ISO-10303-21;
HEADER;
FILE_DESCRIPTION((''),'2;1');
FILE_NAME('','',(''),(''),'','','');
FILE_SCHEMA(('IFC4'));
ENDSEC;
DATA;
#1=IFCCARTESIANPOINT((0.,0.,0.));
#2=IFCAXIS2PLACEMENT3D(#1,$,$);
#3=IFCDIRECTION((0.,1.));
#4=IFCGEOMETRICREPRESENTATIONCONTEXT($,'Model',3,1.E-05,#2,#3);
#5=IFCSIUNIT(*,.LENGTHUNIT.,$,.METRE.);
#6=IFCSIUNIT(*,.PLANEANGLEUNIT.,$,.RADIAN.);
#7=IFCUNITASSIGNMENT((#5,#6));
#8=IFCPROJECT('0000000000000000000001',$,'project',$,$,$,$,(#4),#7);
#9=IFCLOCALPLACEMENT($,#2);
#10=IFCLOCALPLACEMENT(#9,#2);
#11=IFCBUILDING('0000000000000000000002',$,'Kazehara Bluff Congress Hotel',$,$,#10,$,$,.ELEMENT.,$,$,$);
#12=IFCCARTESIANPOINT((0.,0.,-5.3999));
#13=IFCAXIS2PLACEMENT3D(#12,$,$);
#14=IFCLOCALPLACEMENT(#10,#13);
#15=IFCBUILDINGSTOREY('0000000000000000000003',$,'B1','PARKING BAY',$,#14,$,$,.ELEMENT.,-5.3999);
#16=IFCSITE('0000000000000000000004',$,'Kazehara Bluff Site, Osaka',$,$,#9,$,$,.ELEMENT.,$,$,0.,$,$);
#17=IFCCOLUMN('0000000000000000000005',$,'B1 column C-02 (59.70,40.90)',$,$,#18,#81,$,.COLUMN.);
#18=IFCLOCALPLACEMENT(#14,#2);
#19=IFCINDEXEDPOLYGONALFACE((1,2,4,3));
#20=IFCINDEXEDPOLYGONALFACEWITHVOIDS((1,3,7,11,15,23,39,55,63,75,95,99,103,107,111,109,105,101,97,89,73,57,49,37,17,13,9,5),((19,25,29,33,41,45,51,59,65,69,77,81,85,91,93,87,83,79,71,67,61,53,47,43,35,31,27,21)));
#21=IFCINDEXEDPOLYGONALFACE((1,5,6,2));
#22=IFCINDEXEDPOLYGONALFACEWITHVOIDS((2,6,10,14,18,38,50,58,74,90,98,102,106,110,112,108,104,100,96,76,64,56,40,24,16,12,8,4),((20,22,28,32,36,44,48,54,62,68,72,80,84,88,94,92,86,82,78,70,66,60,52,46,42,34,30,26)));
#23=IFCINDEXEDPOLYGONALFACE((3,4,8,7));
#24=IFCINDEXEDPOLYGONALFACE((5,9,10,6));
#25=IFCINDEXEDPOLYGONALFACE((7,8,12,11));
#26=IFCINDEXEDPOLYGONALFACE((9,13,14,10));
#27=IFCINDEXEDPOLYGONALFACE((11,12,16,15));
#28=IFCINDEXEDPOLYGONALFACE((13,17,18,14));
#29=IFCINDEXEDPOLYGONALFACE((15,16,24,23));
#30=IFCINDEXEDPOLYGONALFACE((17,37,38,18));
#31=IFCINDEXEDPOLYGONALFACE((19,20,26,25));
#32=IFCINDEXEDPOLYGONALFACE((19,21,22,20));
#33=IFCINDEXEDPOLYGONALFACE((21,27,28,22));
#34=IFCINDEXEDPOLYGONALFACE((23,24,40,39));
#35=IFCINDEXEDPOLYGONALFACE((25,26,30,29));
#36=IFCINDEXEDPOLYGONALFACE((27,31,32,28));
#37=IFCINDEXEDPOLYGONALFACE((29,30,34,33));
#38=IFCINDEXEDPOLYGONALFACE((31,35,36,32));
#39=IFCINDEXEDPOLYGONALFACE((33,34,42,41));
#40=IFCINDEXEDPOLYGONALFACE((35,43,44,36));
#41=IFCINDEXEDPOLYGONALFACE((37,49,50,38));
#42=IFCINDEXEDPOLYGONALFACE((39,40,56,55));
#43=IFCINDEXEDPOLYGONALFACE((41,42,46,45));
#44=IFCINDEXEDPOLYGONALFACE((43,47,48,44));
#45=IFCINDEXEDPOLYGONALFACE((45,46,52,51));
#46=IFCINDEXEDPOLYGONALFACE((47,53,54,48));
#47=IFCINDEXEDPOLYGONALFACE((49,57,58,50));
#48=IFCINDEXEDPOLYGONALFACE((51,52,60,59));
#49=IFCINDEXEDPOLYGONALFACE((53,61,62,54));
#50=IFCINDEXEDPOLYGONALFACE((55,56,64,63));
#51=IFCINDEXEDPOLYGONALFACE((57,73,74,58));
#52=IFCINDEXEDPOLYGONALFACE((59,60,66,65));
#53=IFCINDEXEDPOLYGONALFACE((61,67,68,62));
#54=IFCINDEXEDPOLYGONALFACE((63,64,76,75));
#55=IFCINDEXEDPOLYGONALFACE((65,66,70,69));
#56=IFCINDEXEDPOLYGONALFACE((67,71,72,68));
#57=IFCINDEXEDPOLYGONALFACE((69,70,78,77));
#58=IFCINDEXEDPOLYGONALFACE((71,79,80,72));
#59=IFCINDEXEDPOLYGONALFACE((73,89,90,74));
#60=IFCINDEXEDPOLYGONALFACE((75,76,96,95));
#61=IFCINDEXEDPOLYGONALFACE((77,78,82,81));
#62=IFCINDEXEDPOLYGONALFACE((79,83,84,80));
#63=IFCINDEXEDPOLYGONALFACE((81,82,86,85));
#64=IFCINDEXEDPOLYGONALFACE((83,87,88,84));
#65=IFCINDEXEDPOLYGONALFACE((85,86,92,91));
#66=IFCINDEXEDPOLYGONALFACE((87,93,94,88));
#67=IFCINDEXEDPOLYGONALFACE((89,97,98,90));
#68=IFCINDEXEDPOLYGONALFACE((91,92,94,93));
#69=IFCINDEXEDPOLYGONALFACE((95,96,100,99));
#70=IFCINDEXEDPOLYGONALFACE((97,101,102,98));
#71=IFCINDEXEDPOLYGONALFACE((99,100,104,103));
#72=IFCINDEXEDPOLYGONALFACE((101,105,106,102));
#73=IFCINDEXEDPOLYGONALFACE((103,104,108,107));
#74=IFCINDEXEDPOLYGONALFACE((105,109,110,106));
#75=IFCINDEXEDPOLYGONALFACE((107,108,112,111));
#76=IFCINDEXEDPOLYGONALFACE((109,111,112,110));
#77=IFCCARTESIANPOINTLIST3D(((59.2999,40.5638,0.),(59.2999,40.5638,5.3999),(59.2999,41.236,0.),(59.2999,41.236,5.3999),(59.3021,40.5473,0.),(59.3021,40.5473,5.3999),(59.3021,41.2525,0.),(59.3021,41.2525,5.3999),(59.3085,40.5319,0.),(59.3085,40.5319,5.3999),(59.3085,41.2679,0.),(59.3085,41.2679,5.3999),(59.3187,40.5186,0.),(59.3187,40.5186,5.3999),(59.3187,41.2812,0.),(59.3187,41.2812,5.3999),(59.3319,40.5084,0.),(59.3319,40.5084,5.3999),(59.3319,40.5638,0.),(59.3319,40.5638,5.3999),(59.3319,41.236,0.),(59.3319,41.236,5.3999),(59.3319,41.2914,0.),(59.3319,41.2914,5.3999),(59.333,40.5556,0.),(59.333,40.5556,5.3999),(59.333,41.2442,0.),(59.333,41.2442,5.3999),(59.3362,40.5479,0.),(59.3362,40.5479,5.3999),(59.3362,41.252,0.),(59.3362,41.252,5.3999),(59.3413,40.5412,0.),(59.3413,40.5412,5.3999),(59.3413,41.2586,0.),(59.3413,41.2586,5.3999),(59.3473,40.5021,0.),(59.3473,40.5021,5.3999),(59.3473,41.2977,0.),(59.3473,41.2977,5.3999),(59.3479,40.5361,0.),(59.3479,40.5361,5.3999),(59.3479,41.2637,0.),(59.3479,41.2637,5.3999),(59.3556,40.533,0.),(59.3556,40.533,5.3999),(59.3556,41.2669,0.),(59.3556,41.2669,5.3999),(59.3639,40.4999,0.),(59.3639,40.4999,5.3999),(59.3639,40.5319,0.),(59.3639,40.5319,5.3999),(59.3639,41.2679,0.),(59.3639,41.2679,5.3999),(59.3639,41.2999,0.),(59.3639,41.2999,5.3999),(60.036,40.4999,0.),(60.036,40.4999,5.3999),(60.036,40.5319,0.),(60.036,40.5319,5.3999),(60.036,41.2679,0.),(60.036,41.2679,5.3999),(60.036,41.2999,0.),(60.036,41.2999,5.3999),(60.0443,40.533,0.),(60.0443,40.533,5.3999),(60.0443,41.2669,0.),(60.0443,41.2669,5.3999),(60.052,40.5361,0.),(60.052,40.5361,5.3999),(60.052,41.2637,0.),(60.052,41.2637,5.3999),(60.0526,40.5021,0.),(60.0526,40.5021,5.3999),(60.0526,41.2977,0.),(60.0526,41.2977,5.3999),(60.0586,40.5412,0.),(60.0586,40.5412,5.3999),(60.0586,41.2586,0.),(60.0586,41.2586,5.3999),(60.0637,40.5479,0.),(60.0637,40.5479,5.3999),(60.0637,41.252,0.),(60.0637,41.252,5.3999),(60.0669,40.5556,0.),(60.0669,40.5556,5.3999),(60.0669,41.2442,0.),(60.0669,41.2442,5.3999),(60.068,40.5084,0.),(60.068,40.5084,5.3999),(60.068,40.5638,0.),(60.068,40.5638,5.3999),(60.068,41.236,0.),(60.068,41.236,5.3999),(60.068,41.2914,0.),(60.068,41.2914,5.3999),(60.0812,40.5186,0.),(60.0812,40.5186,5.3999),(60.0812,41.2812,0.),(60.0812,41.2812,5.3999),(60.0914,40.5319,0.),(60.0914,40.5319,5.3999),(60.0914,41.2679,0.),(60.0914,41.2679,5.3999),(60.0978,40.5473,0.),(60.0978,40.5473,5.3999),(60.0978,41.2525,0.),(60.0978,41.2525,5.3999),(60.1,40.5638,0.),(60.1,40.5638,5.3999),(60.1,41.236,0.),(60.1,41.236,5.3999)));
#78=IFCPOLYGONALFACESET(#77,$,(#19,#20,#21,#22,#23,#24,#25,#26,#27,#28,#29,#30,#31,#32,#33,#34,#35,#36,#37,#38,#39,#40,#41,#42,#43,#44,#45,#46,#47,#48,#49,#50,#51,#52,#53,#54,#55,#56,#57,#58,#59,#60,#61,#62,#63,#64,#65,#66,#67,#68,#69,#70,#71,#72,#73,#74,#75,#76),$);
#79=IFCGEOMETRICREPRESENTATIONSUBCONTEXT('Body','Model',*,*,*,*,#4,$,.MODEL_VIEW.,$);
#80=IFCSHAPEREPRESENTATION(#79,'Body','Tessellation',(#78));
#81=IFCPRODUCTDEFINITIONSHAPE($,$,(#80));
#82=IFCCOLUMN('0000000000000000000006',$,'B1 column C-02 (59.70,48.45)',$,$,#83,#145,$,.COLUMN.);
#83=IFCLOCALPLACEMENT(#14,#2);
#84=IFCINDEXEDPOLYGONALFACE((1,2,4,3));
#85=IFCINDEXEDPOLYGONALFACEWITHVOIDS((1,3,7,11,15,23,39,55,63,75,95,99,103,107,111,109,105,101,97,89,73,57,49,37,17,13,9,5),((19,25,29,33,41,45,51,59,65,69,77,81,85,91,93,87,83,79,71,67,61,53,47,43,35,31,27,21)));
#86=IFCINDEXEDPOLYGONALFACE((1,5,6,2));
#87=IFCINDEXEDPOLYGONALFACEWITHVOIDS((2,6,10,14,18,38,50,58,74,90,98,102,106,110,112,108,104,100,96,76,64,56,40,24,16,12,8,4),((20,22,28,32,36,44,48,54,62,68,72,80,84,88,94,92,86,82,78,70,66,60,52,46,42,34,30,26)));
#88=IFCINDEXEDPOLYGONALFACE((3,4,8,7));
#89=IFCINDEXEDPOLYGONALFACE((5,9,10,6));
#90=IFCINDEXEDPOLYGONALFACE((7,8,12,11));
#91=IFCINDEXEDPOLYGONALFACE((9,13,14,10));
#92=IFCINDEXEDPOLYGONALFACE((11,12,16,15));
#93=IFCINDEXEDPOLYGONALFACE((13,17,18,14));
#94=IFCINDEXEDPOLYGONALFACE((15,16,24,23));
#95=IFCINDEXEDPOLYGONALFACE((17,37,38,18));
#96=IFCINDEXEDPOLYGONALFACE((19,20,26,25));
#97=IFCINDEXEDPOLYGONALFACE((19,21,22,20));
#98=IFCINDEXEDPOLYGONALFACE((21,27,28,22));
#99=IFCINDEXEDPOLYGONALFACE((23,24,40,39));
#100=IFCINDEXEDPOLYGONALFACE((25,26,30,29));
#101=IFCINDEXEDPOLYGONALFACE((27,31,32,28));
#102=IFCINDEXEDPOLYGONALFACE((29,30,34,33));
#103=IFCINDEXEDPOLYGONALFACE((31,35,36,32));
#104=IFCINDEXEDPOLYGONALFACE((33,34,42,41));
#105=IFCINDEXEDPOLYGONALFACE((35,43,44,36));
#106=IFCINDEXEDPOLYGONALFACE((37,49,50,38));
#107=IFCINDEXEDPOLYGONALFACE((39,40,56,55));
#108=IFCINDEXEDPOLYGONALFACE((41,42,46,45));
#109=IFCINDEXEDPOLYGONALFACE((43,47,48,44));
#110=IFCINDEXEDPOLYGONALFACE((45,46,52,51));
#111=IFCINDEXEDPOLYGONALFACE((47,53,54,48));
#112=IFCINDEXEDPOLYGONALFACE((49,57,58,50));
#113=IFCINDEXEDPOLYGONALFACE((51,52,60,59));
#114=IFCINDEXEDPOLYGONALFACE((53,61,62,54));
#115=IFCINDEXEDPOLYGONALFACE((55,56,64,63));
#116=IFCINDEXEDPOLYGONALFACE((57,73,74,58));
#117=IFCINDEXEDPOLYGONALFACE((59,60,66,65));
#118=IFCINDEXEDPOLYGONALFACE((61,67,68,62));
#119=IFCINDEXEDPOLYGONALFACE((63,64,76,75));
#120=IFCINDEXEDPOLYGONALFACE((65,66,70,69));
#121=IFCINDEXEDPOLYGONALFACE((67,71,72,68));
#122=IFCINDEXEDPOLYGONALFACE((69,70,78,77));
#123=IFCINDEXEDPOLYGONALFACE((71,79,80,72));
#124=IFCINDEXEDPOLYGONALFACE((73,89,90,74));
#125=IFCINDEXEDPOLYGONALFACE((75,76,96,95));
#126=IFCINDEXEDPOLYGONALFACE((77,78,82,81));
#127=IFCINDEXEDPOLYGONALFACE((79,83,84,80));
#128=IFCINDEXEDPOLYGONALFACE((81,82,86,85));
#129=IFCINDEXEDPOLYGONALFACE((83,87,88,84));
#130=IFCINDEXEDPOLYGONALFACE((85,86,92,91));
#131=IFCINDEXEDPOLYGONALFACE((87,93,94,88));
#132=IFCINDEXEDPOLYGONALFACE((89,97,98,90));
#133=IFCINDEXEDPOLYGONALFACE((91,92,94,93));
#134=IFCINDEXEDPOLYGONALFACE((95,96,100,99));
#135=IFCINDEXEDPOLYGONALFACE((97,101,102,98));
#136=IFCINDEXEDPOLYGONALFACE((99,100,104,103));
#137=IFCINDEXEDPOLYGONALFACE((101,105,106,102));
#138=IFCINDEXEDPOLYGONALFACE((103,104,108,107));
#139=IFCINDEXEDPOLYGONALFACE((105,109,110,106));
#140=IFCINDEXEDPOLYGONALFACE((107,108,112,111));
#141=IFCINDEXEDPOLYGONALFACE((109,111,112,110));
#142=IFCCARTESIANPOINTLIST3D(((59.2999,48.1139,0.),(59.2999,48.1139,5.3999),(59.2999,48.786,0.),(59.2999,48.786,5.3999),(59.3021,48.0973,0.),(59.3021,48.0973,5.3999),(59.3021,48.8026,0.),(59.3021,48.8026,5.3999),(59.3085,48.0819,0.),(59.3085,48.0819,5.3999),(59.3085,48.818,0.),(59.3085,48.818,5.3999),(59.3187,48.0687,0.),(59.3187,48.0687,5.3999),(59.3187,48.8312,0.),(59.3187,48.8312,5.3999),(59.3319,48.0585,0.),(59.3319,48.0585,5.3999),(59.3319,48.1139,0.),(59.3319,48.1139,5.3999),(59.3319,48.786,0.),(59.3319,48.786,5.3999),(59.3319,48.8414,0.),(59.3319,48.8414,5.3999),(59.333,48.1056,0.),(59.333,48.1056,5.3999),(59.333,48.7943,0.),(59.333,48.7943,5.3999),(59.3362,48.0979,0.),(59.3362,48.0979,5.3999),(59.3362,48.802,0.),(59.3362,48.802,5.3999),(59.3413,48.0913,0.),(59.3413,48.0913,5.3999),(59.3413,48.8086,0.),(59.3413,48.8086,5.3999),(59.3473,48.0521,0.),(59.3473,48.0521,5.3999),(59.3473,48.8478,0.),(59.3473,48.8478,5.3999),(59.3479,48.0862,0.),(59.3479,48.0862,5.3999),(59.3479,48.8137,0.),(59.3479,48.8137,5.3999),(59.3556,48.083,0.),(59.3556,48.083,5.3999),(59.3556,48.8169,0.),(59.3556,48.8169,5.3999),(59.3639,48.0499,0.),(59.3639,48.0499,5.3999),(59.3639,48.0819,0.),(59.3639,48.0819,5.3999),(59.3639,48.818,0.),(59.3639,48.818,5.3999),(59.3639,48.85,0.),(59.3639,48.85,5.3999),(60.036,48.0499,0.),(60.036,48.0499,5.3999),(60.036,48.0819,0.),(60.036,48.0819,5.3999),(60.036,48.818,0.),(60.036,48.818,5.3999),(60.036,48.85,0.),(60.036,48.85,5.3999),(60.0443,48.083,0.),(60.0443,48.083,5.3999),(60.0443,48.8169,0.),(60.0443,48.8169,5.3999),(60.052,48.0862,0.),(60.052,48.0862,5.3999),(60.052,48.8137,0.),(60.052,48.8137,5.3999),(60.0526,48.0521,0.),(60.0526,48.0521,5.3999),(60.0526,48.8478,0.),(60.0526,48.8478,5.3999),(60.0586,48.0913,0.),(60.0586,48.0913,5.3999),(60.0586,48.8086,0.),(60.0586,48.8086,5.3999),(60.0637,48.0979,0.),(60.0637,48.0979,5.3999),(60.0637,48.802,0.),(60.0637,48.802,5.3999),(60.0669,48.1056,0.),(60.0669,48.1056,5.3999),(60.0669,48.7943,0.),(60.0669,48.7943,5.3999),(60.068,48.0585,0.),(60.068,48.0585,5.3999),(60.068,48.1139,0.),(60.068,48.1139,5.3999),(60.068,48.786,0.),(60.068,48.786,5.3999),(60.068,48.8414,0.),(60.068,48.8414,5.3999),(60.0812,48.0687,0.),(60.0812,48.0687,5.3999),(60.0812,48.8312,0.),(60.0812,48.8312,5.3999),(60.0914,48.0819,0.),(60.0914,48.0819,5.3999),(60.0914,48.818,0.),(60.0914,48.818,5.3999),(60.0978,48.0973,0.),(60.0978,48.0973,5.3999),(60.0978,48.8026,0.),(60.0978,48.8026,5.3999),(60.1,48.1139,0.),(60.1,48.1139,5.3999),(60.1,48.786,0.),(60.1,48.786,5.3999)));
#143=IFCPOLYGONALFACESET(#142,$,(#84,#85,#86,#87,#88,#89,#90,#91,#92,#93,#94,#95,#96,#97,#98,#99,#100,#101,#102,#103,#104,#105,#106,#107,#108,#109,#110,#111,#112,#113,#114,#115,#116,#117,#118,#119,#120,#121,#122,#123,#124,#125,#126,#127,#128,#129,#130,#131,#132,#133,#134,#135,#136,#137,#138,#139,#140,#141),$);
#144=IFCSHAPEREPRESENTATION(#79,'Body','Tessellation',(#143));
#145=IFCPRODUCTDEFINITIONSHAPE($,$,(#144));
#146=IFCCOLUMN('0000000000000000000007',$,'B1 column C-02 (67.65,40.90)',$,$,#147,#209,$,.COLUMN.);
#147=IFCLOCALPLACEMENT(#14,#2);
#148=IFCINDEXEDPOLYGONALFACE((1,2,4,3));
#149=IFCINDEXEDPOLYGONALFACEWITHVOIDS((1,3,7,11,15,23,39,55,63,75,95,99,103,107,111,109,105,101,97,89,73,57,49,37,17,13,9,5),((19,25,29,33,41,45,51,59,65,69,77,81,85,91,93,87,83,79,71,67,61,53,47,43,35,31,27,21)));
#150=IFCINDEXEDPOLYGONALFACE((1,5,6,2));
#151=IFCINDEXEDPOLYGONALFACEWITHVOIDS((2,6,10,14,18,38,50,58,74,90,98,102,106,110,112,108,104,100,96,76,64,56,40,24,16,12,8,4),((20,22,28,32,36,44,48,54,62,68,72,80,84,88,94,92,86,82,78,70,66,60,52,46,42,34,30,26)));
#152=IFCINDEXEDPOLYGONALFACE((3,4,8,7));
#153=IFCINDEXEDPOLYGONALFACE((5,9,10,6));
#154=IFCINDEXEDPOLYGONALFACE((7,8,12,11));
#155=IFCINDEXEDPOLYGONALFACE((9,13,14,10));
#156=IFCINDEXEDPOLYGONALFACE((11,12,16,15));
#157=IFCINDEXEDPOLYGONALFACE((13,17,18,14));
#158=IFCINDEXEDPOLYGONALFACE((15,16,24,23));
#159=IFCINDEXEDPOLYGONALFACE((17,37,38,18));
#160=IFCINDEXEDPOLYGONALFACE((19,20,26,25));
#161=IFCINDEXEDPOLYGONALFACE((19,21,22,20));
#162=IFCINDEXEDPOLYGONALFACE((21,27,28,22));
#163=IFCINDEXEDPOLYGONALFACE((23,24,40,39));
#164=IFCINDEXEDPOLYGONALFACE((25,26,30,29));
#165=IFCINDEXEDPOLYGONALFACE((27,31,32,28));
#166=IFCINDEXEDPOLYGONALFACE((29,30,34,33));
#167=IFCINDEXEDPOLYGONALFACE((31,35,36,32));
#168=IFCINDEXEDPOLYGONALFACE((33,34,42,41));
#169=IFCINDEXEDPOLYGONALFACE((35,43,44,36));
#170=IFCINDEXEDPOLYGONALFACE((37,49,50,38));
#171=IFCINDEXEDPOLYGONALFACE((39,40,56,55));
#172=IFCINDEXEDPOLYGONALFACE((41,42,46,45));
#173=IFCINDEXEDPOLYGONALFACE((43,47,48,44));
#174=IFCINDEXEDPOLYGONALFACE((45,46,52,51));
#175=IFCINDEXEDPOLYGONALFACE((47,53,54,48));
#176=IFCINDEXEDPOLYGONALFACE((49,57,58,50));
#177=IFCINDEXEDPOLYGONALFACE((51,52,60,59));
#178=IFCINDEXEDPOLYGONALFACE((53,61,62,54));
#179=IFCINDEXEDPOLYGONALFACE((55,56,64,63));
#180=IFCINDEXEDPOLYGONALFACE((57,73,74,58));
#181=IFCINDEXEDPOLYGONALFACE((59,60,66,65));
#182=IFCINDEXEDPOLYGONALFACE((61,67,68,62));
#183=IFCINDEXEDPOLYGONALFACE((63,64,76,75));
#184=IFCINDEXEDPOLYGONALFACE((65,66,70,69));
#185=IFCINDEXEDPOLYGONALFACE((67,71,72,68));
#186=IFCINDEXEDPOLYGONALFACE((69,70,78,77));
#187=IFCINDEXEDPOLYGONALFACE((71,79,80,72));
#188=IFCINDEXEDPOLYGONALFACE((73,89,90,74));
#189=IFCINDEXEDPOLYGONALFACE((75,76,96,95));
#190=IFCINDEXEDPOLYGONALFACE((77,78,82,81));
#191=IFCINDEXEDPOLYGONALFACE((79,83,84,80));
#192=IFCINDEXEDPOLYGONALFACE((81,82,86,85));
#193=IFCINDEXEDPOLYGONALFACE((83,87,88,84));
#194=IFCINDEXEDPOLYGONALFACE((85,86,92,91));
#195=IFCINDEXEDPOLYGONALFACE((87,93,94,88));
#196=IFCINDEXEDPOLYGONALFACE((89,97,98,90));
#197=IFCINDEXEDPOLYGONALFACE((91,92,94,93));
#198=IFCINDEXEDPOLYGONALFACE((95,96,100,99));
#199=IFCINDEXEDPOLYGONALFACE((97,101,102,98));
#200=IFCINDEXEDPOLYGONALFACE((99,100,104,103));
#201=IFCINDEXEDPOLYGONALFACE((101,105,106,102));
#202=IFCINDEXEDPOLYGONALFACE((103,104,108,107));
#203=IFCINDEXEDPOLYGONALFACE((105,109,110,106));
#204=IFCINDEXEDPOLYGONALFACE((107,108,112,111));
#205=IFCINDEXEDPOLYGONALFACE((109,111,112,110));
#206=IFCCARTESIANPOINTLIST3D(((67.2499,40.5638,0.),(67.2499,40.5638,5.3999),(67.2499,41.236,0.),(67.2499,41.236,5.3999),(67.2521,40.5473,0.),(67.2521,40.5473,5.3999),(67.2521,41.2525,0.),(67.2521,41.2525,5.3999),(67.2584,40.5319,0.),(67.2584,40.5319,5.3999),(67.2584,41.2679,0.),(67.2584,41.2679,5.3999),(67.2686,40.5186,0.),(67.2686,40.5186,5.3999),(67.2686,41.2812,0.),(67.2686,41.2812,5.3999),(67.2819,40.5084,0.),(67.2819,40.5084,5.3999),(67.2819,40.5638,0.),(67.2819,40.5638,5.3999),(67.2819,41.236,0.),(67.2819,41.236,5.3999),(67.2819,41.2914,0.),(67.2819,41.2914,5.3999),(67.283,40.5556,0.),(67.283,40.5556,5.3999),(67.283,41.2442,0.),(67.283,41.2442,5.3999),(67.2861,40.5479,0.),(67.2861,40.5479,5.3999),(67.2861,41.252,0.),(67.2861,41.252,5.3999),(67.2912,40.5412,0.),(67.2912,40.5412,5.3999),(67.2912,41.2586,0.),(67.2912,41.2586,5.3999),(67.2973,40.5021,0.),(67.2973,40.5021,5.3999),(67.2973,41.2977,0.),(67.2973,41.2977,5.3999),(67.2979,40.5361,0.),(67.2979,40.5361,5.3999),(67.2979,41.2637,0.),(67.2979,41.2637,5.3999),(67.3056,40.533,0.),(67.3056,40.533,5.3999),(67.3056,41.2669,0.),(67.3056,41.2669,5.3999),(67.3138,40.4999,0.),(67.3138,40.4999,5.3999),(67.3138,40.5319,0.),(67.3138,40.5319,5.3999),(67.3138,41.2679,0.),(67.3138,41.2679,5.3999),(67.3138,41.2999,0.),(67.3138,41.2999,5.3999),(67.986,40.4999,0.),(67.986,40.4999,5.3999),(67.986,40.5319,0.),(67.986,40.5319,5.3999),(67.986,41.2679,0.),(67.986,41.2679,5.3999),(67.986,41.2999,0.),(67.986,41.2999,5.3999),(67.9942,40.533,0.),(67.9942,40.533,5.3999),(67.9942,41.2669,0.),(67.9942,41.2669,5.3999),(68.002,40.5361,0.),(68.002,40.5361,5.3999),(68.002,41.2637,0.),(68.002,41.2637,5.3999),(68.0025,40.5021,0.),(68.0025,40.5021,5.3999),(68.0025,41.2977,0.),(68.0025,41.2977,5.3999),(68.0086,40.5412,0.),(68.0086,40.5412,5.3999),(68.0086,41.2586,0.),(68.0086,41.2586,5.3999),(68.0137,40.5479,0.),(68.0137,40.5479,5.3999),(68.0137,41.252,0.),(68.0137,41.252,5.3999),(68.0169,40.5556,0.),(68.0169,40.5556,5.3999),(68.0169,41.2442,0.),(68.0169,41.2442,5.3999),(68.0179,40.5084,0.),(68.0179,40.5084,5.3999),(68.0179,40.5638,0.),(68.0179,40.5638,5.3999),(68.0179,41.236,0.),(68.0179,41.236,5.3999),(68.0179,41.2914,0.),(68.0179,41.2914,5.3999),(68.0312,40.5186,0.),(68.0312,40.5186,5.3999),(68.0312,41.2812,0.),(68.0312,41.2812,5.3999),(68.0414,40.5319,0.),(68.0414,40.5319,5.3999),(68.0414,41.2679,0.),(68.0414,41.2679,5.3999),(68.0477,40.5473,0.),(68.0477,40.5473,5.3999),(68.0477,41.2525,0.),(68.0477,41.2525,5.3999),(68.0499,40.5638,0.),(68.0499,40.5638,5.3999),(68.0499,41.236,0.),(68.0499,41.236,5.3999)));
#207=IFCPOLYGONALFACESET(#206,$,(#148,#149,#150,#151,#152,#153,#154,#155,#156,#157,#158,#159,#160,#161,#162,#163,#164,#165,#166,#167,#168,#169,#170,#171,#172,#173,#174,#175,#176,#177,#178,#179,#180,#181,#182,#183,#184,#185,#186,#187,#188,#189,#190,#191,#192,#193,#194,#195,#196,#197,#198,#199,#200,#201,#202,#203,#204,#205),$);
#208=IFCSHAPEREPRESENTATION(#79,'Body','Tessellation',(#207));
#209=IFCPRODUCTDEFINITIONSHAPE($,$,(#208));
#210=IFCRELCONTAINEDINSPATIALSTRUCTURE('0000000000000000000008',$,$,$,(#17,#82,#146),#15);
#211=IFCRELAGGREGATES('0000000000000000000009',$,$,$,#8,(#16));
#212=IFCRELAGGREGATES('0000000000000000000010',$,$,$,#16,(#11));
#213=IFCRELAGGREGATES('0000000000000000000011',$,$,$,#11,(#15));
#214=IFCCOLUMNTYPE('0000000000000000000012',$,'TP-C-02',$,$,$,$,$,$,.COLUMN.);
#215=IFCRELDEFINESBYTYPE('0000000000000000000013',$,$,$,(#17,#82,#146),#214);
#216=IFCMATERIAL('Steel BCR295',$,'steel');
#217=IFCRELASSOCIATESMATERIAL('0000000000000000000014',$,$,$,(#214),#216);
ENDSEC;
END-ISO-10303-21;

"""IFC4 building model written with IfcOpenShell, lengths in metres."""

from ifc_helpers import new_model, si_unit, direction, frame, origin, origin_2d, place, context, subcontext, project, spatial, hollow_rectangle, extrude, material, material_profile, profile_set, type_object, element, save


model = new_model("IFC4")

# Units and contexts
model_context = context("Model", 3, precision=1e-05, world=origin(), true_north=direction((0.0, 1.0)))
body_context = subcontext(model_context, "Body", "Model", "MODEL_VIEW")
ifc_project = project(units=[si_unit("LENGTHUNIT", "METRE"), si_unit("PLANEANGLEUNIT", "RADIAN")], contexts=[model_context])

# Site, building, storey
site_placement = place(None, origin())
site = spatial("IfcSite", under=ifc_project, at=site_placement, Name="Kazehara Bluff Site, Osaka", CompositionType="ELEMENT", RefElevation=0.0)
building_placement = place(site_placement, origin())
building = spatial("IfcBuilding", under=site, at=building_placement, Name="Kazehara Bluff Congress Hotel", CompositionType="ELEMENT")
storey_placement = place(building_placement, frame((0.0, 0.0, -5.3999)))
storey = spatial("IfcBuildingStorey", under=building, at=storey_placement, Name="B1", Description="PARKING BAY", CompositionType="ELEMENT", Elevation=-5.3999)

# Columns
ifc_material_1 = material(Name="Steel BCR295", Category="steel")
ifc_material_profile_1 = material_profile(ifc_material_1, hollow_rectangle(XDim=0.8, YDim=0.8, WallThickness=0.032, InnerFilletRadius=0.032, OuterFilletRadius=0.064, at=origin_2d()))
ifc_profile_set_1 = profile_set([ifc_material_profile_1], Name="Steel BCR295")
column_type = type_object("IfcColumnType", Name="TP-C-02", PredefinedType="COLUMN", material=ifc_profile_set_1)
for number, where, z_axis, x_axis, name in (
    (1, (59.7, 40.8999, 0.0), (0.0, 0.0, 1.0), (1.0, 0.0, 0.0), "B1 column C-02 (59.70,40.90)"),
    (2, (59.7, 48.45, 0.0), (0.0, 0.0, 1.0), (1.0, 0.0, 0.0), "B1 column C-02 (59.70,48.45)"),
    (3, (67.6499, 40.8999, 0.0), (0.0, 0.0, 1.0), (1.0, 0.0, 0.0), "B1 column C-02 (67.65,40.90)"),
):
    element("IfcColumn", number, at=place(storey_placement, frame(where, z_axis=z_axis, x_axis=x_axis)), inside=storey, type_object=column_type, Name=name, PredefinedType="COLUMN", context=body_context, shape_type="SweptSolid", body=[
        extrude(hollow_rectangle(XDim=0.8, YDim=0.8, WallThickness=0.032, InnerFilletRadius=0.032, OuterFilletRadius=0.064, at=origin_2d()), origin(), (0.0, 0.0, 1.0), 5.3999),
    ])

save(model, "model.ifc")
